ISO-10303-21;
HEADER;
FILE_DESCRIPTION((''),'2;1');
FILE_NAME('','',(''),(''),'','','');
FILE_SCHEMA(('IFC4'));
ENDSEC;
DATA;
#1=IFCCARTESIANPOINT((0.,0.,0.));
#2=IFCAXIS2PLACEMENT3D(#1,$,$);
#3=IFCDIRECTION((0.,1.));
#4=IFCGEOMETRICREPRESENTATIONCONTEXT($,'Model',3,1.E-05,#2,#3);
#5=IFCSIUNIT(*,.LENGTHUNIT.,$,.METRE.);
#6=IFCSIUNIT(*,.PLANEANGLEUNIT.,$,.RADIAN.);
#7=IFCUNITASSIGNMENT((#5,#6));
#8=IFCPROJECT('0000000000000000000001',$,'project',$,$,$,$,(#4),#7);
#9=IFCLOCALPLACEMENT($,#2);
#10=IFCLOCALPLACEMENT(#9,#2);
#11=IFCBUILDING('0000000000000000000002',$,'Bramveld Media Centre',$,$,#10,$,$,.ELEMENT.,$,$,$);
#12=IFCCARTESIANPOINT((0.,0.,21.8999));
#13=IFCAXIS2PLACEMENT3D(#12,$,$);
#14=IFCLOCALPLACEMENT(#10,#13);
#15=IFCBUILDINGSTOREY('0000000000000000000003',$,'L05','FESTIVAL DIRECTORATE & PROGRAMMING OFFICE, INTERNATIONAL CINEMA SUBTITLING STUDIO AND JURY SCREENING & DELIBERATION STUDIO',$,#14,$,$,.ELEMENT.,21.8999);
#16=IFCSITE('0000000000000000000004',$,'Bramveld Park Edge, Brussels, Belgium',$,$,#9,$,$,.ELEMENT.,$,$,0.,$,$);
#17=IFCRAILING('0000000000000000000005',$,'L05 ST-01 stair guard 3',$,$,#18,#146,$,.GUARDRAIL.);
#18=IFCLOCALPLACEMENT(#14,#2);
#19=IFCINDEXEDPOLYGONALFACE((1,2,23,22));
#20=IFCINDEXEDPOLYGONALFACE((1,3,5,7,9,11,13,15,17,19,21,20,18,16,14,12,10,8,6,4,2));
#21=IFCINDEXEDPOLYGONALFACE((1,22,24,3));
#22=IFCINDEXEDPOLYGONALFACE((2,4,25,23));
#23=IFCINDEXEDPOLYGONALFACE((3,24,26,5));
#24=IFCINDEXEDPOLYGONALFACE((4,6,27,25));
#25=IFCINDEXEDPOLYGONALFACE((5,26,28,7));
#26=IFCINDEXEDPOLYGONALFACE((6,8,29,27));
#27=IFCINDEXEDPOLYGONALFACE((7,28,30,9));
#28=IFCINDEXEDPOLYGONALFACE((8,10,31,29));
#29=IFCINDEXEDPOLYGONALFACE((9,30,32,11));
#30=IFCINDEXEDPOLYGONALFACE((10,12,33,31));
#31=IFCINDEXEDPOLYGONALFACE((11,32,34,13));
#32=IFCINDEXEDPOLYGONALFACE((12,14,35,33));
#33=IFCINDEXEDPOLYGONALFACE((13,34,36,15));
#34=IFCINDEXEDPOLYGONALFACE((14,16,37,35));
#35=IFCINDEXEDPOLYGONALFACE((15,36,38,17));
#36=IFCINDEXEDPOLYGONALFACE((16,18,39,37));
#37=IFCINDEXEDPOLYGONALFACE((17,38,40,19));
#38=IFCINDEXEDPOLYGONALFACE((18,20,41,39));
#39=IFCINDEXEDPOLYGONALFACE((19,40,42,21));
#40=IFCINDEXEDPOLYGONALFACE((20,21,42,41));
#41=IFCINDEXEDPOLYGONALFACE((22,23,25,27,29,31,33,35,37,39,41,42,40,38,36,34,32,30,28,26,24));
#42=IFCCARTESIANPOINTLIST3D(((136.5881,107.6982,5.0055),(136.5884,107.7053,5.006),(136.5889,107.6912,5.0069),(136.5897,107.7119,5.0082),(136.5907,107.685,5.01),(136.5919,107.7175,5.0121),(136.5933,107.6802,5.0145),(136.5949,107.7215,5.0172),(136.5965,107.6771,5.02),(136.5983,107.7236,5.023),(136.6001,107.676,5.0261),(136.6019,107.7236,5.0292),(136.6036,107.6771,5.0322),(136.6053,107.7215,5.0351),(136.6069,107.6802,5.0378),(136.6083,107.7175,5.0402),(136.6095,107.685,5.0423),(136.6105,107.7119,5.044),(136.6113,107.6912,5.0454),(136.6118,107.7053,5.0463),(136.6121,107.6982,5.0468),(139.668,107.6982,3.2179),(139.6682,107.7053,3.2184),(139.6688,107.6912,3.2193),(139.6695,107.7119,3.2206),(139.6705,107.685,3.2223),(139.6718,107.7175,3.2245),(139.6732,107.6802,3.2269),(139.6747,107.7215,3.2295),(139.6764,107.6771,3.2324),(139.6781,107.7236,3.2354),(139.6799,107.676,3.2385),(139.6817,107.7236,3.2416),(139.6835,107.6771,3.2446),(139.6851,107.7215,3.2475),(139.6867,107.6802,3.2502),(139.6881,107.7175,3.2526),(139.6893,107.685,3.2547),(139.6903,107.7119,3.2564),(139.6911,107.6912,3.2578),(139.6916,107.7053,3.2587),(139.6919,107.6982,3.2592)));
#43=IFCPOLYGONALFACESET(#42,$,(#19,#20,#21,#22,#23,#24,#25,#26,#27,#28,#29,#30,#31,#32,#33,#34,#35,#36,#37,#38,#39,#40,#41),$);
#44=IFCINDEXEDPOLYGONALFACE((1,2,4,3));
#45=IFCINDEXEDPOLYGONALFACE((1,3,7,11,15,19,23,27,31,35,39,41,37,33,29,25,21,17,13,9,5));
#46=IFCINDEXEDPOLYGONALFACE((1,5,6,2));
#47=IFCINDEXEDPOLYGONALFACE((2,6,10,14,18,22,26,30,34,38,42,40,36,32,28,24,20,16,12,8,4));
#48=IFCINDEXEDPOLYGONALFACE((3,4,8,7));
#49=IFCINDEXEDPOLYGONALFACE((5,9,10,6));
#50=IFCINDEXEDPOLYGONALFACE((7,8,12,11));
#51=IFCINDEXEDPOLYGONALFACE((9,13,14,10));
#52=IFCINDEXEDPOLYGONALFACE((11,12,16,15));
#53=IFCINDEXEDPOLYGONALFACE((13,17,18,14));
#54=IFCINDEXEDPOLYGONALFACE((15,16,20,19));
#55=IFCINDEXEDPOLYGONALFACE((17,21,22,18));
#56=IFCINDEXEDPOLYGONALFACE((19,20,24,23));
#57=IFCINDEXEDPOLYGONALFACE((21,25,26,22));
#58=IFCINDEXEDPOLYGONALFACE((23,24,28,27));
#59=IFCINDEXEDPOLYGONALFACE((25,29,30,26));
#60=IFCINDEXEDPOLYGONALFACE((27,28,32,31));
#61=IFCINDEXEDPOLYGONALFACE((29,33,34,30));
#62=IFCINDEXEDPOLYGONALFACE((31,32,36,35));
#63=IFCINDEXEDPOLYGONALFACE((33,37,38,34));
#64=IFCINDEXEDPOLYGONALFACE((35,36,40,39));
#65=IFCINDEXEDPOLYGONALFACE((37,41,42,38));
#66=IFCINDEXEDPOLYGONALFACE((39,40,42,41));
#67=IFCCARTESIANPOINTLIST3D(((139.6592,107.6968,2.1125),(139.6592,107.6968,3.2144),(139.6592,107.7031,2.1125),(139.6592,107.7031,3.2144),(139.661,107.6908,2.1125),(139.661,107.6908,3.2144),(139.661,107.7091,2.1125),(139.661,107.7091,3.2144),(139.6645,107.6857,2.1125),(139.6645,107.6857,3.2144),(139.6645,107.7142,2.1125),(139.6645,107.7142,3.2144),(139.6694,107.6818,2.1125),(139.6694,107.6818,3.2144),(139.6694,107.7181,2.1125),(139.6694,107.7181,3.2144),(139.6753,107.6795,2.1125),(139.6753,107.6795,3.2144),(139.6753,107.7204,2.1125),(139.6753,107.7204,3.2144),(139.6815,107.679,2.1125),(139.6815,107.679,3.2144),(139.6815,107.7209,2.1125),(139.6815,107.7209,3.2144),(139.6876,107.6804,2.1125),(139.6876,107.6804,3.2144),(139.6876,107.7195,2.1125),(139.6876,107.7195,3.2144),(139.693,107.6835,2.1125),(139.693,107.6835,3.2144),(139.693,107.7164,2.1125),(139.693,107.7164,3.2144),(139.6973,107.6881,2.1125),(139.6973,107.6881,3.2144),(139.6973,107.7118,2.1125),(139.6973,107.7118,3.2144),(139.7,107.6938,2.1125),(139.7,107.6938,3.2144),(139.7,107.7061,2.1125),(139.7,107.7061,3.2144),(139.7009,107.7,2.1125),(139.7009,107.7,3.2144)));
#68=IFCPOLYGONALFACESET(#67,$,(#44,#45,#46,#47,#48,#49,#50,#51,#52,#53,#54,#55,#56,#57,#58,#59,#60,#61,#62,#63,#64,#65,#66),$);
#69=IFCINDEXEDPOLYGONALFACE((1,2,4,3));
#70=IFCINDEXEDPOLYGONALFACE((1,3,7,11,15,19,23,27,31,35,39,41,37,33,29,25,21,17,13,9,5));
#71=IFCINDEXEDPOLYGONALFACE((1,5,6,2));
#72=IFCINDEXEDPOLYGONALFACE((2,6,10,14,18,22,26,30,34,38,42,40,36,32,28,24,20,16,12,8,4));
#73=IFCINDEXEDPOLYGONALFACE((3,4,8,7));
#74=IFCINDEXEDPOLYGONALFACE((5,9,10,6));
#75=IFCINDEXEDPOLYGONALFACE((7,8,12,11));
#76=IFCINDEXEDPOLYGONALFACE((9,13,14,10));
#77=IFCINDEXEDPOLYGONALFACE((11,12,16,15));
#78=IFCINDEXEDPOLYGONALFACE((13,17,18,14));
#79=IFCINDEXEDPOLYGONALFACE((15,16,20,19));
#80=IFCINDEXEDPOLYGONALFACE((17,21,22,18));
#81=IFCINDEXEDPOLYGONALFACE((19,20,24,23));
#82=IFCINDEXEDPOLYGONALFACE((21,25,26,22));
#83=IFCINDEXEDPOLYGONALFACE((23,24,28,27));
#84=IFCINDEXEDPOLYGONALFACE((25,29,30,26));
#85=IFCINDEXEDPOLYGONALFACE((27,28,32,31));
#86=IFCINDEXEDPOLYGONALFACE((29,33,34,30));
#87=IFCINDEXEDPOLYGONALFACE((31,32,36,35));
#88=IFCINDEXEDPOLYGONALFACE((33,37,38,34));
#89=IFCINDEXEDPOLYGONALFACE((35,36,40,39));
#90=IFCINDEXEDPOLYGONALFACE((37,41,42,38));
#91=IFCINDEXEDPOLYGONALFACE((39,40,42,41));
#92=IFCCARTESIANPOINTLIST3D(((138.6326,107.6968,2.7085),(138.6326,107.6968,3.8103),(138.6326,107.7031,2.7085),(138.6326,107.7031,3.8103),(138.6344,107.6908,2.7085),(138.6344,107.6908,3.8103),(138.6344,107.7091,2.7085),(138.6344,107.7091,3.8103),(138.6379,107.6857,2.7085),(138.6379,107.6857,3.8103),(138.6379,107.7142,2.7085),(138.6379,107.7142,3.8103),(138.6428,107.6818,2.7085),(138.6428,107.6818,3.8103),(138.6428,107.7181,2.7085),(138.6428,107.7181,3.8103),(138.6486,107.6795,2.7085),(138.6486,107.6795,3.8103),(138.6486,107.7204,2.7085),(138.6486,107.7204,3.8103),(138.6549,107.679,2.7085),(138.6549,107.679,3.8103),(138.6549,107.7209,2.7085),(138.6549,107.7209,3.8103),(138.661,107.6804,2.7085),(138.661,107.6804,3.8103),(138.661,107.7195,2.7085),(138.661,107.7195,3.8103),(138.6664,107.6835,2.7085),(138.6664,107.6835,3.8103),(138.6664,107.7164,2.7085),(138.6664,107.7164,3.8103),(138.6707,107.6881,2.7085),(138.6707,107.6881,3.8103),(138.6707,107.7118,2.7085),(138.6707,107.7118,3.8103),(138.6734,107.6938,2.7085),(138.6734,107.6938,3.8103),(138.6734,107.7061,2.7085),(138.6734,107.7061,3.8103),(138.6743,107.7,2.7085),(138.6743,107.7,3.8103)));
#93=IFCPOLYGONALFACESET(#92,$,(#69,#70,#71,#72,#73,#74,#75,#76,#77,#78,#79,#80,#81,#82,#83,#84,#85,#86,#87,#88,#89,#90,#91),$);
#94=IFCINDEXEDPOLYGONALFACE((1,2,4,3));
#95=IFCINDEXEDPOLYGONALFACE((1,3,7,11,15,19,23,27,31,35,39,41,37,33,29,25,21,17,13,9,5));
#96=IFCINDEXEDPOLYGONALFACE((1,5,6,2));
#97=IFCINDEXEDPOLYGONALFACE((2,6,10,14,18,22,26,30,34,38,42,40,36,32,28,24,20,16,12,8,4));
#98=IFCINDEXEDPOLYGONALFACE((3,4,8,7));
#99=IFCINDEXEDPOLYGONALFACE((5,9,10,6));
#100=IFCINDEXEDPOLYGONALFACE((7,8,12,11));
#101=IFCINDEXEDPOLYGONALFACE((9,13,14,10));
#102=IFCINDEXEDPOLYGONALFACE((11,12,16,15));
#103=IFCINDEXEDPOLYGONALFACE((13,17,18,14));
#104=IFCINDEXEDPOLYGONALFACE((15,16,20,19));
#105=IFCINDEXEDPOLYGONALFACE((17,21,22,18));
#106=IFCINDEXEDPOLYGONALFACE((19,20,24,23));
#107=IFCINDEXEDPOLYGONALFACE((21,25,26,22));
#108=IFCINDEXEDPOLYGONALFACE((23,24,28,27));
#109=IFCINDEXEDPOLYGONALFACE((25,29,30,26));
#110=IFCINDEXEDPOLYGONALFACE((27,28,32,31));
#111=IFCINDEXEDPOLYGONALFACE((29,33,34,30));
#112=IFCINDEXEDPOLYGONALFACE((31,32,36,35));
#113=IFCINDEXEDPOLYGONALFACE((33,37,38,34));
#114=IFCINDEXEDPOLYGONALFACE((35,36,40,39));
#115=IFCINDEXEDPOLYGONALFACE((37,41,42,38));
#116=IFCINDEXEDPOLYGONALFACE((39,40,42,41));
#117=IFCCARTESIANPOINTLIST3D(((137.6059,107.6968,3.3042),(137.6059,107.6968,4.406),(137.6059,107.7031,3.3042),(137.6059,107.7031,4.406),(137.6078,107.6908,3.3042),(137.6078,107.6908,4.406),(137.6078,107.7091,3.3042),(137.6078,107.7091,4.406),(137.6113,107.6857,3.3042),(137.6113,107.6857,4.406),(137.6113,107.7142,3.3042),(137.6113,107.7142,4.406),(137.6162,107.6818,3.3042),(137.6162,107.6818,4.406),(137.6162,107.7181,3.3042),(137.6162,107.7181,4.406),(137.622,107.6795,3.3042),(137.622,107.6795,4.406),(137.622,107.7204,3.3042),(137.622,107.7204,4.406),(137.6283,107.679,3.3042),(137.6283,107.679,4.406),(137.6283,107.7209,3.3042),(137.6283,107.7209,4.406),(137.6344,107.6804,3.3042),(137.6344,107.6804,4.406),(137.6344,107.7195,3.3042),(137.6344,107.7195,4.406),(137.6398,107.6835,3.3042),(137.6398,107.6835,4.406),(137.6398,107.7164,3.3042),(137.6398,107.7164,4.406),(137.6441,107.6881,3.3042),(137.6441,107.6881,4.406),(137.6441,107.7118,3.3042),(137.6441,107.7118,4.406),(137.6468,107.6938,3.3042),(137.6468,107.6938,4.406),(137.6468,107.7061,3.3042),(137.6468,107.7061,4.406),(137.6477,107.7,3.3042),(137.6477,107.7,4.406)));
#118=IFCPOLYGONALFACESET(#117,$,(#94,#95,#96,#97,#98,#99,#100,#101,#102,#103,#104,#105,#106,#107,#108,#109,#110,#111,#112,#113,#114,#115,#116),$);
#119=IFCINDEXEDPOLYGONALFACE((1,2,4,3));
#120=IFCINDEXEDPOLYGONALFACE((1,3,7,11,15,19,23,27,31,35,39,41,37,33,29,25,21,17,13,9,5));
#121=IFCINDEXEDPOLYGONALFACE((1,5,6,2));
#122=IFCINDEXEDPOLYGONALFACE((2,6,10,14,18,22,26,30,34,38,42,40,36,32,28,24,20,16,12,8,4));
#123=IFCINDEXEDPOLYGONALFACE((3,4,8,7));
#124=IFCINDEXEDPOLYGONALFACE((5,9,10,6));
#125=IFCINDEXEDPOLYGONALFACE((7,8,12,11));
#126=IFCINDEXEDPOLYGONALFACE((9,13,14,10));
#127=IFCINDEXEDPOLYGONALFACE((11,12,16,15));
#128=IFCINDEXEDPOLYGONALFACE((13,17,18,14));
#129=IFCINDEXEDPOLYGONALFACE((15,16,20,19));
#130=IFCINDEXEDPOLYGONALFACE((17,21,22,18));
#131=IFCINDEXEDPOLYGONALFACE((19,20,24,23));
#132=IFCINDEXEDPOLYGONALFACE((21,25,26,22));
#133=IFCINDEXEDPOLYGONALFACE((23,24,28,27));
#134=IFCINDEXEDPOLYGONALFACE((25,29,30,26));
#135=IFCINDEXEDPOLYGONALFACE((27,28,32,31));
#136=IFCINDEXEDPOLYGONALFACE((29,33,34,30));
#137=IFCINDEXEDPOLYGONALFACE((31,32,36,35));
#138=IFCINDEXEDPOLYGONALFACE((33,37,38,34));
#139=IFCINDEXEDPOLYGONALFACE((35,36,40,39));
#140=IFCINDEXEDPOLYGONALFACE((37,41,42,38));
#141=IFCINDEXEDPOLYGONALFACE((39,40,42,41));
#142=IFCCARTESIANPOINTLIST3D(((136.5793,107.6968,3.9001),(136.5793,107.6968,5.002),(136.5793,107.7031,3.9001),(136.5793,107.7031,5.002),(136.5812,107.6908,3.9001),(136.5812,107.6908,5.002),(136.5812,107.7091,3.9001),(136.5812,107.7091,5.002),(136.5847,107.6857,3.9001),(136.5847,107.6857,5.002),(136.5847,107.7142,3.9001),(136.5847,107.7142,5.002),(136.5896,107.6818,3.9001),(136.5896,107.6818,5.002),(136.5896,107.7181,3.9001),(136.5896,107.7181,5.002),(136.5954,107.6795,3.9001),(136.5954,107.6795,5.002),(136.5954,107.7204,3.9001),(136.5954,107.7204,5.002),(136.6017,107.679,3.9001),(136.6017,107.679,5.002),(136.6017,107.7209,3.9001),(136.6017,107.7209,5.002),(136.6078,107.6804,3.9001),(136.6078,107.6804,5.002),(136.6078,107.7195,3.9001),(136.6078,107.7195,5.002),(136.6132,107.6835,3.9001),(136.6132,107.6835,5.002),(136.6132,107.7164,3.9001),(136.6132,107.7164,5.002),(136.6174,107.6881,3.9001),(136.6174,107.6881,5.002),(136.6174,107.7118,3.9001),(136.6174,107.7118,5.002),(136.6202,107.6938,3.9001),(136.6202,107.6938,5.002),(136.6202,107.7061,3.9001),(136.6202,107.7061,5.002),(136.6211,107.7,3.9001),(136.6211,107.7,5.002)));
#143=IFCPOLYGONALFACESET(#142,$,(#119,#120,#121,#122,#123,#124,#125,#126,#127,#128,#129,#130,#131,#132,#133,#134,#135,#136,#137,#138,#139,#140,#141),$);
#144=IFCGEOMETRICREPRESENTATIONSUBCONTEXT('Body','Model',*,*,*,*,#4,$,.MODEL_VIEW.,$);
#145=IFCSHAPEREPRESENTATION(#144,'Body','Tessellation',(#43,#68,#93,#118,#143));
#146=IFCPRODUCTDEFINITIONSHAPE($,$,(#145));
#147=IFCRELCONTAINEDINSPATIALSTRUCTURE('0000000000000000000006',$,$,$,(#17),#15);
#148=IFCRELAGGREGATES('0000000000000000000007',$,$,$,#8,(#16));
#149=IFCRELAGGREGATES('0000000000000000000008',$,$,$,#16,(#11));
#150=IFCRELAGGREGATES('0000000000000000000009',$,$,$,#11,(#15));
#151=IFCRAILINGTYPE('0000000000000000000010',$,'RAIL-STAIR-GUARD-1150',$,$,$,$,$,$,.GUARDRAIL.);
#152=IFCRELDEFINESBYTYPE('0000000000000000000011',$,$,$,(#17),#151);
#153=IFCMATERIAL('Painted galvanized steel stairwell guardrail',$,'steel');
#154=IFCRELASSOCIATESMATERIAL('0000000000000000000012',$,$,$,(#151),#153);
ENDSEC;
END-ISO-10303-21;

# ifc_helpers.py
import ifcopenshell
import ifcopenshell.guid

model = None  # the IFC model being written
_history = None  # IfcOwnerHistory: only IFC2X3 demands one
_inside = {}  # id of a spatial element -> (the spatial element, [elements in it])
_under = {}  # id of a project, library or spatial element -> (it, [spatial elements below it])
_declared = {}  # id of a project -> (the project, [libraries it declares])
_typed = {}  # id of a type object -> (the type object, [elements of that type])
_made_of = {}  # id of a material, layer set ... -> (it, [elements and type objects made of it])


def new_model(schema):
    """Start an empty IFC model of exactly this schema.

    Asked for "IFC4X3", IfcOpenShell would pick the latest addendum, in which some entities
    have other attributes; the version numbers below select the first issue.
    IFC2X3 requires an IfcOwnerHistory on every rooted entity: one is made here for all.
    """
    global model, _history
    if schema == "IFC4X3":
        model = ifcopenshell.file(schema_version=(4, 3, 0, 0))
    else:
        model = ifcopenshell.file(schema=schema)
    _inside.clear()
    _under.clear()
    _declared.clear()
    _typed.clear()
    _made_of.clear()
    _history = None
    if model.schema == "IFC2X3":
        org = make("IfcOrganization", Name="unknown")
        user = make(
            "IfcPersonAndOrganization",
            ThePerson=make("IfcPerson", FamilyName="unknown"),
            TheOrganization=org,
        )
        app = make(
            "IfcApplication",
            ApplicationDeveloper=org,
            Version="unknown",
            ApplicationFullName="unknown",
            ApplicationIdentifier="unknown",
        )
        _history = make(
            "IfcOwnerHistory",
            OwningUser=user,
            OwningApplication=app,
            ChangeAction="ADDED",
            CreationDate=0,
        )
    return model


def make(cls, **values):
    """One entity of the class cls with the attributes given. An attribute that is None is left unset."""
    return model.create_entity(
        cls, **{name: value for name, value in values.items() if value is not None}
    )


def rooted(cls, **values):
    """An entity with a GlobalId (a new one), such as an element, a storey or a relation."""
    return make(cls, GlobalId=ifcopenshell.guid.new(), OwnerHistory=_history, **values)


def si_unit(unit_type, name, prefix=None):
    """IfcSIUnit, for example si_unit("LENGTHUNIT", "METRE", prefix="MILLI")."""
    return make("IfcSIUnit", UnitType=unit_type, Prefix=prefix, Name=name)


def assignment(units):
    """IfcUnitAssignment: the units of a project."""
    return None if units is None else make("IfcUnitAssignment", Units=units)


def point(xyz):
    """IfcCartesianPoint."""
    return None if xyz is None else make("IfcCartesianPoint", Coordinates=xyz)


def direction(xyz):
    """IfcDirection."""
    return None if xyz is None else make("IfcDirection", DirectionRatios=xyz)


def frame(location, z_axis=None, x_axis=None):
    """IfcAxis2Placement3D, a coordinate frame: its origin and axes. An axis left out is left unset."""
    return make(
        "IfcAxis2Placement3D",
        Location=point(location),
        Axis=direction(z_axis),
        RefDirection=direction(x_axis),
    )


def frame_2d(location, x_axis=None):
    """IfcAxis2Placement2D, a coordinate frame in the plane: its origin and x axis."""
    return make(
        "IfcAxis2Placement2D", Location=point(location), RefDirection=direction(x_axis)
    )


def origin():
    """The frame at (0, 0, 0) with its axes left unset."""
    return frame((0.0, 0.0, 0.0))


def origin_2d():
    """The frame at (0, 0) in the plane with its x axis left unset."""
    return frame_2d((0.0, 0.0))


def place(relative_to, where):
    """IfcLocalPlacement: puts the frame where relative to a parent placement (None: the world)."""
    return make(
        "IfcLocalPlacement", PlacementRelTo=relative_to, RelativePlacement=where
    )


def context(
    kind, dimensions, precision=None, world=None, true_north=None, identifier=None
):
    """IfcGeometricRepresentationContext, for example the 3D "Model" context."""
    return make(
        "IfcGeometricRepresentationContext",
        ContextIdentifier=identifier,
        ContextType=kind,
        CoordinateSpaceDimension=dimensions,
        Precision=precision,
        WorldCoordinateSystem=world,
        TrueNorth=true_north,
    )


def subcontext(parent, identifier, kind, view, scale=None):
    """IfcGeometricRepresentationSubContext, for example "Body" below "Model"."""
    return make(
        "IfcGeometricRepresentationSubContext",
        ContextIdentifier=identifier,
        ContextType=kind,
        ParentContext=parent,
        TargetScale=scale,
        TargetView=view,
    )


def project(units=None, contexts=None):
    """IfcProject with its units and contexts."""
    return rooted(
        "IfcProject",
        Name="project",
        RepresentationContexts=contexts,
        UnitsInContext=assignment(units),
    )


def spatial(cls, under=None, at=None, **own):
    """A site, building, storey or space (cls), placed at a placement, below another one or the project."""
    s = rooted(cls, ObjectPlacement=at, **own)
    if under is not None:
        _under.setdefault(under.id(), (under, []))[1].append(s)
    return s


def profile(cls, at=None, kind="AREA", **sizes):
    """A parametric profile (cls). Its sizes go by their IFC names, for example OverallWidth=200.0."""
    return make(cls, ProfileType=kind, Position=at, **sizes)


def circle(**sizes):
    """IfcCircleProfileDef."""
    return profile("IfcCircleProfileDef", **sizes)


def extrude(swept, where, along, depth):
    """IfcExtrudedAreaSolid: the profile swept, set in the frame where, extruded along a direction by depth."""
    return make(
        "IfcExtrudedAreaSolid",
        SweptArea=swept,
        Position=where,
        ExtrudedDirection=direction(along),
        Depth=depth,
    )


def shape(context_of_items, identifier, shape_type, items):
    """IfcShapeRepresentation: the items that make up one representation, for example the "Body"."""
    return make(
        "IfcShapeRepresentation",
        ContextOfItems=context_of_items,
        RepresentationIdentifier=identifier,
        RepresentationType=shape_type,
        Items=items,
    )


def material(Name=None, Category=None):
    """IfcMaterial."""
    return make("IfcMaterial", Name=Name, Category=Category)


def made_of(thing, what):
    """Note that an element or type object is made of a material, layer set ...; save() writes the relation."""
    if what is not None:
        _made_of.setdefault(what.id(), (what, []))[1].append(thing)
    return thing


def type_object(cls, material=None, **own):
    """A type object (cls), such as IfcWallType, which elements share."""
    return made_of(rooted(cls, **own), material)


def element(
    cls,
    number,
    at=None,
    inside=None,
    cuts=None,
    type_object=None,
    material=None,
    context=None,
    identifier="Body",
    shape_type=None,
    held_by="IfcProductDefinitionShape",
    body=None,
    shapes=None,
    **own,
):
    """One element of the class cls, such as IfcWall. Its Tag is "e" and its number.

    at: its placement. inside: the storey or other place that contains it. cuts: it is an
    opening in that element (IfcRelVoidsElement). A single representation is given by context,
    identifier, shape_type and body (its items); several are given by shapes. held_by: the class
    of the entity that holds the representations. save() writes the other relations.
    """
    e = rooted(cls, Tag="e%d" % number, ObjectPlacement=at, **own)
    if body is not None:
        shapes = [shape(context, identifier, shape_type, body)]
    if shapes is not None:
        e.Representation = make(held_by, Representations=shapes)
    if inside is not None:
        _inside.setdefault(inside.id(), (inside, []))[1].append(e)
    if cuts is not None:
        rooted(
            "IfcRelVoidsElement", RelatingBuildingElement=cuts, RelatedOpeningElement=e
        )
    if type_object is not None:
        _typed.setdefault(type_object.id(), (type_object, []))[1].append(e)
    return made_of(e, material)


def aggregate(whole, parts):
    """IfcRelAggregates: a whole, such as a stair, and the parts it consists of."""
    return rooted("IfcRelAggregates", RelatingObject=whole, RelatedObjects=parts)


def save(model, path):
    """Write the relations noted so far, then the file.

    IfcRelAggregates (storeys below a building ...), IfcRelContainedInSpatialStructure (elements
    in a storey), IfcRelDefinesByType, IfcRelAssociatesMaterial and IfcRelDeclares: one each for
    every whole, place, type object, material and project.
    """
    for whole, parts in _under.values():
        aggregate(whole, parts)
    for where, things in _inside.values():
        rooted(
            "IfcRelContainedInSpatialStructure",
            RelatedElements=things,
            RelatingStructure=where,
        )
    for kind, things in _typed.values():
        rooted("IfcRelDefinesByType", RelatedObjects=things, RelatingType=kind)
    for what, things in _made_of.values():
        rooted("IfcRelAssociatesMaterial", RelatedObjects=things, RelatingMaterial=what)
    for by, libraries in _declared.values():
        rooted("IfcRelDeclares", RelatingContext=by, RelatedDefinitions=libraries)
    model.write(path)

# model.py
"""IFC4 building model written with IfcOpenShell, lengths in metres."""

from ifc_helpers import new_model, si_unit, direction, frame, origin, origin_2d, place, context, subcontext, project, spatial, circle, extrude, material, type_object, element, save


model = new_model("IFC4")

# Units and contexts
model_context = context("Model", 3, precision=1e-05, world=origin(), true_north=direction((0.0, 1.0)))
body_context = subcontext(model_context, "Body", "Model", "MODEL_VIEW")
ifc_project = project(units=[si_unit("LENGTHUNIT", "METRE"), si_unit("PLANEANGLEUNIT", "RADIAN")], contexts=[model_context])

# Site, building, storey
site_placement = place(None, origin())
site = spatial("IfcSite", under=ifc_project, at=site_placement, Name="Bramveld Park Edge, Brussels, Belgium", CompositionType="ELEMENT", RefElevation=0.0)
building_placement = place(site_placement, origin())
building = spatial("IfcBuilding", under=site, at=building_placement, Name="Bramveld Media Centre", CompositionType="ELEMENT")
storey_placement = place(building_placement, frame((0.0, 0.0, 21.8999)))
storey = spatial("IfcBuildingStorey", under=building, at=storey_placement, Name="L05", Description="FESTIVAL DIRECTORATE & PROGRAMMING OFFICE, INTERNATIONAL CINEMA SUBTITLING STUDIO AND JURY SCREENING & DELIBERATION STUDIO", CompositionType="ELEMENT", Elevation=21.8999)

# Railing
ifc_material_1 = material(Name="Painted galvanized steel stairwell guardrail", Category="steel")
railing_type_1 = type_object("IfcRailingType", Name="RAIL-STAIR-GUARD-1150", PredefinedType="GUARDRAIL", material=ifc_material_1)
railing_1_placement = place(storey_placement, frame((139.6799, 107.7, 2.1125)))
element("IfcRailing", 1, at=railing_1_placement, inside=storey, type_object=railing_type_1, Name="L05 ST-01 stair guard 3", PredefinedType="GUARDRAIL", context=body_context, shape_type="SweptSolid", body=[
    extrude(circle(Radius=0.0239, at=origin_2d()), frame((0.0, 0.0, 1.126), z_axis=(-0.864873, 0.0, 0.50199), x_axis=(0.0, -1.0, 0.0)), (0.0, 0.0, 1.0), 3.561),
    extrude(circle(Radius=0.021, at=origin_2d()), origin(), (0.0, 0.0, 1.0), 1.1018),
    extrude(circle(Radius=0.021, at=origin_2d()), frame((-1.0266, 0.0, 0.5959)), (0.0, 0.0, 1.0), 1.1018),
    extrude(circle(Radius=0.021, at=origin_2d()), frame((-2.0532, 0.0, 1.1917)), (0.0, 0.0, 1.0), 1.1018),
    extrude(circle(Radius=0.021, at=origin_2d()), frame((-3.0798, 0.0, 1.7876)), (0.0, 0.0, 1.0), 1.1018),
])

save(model, "model.ifc")
